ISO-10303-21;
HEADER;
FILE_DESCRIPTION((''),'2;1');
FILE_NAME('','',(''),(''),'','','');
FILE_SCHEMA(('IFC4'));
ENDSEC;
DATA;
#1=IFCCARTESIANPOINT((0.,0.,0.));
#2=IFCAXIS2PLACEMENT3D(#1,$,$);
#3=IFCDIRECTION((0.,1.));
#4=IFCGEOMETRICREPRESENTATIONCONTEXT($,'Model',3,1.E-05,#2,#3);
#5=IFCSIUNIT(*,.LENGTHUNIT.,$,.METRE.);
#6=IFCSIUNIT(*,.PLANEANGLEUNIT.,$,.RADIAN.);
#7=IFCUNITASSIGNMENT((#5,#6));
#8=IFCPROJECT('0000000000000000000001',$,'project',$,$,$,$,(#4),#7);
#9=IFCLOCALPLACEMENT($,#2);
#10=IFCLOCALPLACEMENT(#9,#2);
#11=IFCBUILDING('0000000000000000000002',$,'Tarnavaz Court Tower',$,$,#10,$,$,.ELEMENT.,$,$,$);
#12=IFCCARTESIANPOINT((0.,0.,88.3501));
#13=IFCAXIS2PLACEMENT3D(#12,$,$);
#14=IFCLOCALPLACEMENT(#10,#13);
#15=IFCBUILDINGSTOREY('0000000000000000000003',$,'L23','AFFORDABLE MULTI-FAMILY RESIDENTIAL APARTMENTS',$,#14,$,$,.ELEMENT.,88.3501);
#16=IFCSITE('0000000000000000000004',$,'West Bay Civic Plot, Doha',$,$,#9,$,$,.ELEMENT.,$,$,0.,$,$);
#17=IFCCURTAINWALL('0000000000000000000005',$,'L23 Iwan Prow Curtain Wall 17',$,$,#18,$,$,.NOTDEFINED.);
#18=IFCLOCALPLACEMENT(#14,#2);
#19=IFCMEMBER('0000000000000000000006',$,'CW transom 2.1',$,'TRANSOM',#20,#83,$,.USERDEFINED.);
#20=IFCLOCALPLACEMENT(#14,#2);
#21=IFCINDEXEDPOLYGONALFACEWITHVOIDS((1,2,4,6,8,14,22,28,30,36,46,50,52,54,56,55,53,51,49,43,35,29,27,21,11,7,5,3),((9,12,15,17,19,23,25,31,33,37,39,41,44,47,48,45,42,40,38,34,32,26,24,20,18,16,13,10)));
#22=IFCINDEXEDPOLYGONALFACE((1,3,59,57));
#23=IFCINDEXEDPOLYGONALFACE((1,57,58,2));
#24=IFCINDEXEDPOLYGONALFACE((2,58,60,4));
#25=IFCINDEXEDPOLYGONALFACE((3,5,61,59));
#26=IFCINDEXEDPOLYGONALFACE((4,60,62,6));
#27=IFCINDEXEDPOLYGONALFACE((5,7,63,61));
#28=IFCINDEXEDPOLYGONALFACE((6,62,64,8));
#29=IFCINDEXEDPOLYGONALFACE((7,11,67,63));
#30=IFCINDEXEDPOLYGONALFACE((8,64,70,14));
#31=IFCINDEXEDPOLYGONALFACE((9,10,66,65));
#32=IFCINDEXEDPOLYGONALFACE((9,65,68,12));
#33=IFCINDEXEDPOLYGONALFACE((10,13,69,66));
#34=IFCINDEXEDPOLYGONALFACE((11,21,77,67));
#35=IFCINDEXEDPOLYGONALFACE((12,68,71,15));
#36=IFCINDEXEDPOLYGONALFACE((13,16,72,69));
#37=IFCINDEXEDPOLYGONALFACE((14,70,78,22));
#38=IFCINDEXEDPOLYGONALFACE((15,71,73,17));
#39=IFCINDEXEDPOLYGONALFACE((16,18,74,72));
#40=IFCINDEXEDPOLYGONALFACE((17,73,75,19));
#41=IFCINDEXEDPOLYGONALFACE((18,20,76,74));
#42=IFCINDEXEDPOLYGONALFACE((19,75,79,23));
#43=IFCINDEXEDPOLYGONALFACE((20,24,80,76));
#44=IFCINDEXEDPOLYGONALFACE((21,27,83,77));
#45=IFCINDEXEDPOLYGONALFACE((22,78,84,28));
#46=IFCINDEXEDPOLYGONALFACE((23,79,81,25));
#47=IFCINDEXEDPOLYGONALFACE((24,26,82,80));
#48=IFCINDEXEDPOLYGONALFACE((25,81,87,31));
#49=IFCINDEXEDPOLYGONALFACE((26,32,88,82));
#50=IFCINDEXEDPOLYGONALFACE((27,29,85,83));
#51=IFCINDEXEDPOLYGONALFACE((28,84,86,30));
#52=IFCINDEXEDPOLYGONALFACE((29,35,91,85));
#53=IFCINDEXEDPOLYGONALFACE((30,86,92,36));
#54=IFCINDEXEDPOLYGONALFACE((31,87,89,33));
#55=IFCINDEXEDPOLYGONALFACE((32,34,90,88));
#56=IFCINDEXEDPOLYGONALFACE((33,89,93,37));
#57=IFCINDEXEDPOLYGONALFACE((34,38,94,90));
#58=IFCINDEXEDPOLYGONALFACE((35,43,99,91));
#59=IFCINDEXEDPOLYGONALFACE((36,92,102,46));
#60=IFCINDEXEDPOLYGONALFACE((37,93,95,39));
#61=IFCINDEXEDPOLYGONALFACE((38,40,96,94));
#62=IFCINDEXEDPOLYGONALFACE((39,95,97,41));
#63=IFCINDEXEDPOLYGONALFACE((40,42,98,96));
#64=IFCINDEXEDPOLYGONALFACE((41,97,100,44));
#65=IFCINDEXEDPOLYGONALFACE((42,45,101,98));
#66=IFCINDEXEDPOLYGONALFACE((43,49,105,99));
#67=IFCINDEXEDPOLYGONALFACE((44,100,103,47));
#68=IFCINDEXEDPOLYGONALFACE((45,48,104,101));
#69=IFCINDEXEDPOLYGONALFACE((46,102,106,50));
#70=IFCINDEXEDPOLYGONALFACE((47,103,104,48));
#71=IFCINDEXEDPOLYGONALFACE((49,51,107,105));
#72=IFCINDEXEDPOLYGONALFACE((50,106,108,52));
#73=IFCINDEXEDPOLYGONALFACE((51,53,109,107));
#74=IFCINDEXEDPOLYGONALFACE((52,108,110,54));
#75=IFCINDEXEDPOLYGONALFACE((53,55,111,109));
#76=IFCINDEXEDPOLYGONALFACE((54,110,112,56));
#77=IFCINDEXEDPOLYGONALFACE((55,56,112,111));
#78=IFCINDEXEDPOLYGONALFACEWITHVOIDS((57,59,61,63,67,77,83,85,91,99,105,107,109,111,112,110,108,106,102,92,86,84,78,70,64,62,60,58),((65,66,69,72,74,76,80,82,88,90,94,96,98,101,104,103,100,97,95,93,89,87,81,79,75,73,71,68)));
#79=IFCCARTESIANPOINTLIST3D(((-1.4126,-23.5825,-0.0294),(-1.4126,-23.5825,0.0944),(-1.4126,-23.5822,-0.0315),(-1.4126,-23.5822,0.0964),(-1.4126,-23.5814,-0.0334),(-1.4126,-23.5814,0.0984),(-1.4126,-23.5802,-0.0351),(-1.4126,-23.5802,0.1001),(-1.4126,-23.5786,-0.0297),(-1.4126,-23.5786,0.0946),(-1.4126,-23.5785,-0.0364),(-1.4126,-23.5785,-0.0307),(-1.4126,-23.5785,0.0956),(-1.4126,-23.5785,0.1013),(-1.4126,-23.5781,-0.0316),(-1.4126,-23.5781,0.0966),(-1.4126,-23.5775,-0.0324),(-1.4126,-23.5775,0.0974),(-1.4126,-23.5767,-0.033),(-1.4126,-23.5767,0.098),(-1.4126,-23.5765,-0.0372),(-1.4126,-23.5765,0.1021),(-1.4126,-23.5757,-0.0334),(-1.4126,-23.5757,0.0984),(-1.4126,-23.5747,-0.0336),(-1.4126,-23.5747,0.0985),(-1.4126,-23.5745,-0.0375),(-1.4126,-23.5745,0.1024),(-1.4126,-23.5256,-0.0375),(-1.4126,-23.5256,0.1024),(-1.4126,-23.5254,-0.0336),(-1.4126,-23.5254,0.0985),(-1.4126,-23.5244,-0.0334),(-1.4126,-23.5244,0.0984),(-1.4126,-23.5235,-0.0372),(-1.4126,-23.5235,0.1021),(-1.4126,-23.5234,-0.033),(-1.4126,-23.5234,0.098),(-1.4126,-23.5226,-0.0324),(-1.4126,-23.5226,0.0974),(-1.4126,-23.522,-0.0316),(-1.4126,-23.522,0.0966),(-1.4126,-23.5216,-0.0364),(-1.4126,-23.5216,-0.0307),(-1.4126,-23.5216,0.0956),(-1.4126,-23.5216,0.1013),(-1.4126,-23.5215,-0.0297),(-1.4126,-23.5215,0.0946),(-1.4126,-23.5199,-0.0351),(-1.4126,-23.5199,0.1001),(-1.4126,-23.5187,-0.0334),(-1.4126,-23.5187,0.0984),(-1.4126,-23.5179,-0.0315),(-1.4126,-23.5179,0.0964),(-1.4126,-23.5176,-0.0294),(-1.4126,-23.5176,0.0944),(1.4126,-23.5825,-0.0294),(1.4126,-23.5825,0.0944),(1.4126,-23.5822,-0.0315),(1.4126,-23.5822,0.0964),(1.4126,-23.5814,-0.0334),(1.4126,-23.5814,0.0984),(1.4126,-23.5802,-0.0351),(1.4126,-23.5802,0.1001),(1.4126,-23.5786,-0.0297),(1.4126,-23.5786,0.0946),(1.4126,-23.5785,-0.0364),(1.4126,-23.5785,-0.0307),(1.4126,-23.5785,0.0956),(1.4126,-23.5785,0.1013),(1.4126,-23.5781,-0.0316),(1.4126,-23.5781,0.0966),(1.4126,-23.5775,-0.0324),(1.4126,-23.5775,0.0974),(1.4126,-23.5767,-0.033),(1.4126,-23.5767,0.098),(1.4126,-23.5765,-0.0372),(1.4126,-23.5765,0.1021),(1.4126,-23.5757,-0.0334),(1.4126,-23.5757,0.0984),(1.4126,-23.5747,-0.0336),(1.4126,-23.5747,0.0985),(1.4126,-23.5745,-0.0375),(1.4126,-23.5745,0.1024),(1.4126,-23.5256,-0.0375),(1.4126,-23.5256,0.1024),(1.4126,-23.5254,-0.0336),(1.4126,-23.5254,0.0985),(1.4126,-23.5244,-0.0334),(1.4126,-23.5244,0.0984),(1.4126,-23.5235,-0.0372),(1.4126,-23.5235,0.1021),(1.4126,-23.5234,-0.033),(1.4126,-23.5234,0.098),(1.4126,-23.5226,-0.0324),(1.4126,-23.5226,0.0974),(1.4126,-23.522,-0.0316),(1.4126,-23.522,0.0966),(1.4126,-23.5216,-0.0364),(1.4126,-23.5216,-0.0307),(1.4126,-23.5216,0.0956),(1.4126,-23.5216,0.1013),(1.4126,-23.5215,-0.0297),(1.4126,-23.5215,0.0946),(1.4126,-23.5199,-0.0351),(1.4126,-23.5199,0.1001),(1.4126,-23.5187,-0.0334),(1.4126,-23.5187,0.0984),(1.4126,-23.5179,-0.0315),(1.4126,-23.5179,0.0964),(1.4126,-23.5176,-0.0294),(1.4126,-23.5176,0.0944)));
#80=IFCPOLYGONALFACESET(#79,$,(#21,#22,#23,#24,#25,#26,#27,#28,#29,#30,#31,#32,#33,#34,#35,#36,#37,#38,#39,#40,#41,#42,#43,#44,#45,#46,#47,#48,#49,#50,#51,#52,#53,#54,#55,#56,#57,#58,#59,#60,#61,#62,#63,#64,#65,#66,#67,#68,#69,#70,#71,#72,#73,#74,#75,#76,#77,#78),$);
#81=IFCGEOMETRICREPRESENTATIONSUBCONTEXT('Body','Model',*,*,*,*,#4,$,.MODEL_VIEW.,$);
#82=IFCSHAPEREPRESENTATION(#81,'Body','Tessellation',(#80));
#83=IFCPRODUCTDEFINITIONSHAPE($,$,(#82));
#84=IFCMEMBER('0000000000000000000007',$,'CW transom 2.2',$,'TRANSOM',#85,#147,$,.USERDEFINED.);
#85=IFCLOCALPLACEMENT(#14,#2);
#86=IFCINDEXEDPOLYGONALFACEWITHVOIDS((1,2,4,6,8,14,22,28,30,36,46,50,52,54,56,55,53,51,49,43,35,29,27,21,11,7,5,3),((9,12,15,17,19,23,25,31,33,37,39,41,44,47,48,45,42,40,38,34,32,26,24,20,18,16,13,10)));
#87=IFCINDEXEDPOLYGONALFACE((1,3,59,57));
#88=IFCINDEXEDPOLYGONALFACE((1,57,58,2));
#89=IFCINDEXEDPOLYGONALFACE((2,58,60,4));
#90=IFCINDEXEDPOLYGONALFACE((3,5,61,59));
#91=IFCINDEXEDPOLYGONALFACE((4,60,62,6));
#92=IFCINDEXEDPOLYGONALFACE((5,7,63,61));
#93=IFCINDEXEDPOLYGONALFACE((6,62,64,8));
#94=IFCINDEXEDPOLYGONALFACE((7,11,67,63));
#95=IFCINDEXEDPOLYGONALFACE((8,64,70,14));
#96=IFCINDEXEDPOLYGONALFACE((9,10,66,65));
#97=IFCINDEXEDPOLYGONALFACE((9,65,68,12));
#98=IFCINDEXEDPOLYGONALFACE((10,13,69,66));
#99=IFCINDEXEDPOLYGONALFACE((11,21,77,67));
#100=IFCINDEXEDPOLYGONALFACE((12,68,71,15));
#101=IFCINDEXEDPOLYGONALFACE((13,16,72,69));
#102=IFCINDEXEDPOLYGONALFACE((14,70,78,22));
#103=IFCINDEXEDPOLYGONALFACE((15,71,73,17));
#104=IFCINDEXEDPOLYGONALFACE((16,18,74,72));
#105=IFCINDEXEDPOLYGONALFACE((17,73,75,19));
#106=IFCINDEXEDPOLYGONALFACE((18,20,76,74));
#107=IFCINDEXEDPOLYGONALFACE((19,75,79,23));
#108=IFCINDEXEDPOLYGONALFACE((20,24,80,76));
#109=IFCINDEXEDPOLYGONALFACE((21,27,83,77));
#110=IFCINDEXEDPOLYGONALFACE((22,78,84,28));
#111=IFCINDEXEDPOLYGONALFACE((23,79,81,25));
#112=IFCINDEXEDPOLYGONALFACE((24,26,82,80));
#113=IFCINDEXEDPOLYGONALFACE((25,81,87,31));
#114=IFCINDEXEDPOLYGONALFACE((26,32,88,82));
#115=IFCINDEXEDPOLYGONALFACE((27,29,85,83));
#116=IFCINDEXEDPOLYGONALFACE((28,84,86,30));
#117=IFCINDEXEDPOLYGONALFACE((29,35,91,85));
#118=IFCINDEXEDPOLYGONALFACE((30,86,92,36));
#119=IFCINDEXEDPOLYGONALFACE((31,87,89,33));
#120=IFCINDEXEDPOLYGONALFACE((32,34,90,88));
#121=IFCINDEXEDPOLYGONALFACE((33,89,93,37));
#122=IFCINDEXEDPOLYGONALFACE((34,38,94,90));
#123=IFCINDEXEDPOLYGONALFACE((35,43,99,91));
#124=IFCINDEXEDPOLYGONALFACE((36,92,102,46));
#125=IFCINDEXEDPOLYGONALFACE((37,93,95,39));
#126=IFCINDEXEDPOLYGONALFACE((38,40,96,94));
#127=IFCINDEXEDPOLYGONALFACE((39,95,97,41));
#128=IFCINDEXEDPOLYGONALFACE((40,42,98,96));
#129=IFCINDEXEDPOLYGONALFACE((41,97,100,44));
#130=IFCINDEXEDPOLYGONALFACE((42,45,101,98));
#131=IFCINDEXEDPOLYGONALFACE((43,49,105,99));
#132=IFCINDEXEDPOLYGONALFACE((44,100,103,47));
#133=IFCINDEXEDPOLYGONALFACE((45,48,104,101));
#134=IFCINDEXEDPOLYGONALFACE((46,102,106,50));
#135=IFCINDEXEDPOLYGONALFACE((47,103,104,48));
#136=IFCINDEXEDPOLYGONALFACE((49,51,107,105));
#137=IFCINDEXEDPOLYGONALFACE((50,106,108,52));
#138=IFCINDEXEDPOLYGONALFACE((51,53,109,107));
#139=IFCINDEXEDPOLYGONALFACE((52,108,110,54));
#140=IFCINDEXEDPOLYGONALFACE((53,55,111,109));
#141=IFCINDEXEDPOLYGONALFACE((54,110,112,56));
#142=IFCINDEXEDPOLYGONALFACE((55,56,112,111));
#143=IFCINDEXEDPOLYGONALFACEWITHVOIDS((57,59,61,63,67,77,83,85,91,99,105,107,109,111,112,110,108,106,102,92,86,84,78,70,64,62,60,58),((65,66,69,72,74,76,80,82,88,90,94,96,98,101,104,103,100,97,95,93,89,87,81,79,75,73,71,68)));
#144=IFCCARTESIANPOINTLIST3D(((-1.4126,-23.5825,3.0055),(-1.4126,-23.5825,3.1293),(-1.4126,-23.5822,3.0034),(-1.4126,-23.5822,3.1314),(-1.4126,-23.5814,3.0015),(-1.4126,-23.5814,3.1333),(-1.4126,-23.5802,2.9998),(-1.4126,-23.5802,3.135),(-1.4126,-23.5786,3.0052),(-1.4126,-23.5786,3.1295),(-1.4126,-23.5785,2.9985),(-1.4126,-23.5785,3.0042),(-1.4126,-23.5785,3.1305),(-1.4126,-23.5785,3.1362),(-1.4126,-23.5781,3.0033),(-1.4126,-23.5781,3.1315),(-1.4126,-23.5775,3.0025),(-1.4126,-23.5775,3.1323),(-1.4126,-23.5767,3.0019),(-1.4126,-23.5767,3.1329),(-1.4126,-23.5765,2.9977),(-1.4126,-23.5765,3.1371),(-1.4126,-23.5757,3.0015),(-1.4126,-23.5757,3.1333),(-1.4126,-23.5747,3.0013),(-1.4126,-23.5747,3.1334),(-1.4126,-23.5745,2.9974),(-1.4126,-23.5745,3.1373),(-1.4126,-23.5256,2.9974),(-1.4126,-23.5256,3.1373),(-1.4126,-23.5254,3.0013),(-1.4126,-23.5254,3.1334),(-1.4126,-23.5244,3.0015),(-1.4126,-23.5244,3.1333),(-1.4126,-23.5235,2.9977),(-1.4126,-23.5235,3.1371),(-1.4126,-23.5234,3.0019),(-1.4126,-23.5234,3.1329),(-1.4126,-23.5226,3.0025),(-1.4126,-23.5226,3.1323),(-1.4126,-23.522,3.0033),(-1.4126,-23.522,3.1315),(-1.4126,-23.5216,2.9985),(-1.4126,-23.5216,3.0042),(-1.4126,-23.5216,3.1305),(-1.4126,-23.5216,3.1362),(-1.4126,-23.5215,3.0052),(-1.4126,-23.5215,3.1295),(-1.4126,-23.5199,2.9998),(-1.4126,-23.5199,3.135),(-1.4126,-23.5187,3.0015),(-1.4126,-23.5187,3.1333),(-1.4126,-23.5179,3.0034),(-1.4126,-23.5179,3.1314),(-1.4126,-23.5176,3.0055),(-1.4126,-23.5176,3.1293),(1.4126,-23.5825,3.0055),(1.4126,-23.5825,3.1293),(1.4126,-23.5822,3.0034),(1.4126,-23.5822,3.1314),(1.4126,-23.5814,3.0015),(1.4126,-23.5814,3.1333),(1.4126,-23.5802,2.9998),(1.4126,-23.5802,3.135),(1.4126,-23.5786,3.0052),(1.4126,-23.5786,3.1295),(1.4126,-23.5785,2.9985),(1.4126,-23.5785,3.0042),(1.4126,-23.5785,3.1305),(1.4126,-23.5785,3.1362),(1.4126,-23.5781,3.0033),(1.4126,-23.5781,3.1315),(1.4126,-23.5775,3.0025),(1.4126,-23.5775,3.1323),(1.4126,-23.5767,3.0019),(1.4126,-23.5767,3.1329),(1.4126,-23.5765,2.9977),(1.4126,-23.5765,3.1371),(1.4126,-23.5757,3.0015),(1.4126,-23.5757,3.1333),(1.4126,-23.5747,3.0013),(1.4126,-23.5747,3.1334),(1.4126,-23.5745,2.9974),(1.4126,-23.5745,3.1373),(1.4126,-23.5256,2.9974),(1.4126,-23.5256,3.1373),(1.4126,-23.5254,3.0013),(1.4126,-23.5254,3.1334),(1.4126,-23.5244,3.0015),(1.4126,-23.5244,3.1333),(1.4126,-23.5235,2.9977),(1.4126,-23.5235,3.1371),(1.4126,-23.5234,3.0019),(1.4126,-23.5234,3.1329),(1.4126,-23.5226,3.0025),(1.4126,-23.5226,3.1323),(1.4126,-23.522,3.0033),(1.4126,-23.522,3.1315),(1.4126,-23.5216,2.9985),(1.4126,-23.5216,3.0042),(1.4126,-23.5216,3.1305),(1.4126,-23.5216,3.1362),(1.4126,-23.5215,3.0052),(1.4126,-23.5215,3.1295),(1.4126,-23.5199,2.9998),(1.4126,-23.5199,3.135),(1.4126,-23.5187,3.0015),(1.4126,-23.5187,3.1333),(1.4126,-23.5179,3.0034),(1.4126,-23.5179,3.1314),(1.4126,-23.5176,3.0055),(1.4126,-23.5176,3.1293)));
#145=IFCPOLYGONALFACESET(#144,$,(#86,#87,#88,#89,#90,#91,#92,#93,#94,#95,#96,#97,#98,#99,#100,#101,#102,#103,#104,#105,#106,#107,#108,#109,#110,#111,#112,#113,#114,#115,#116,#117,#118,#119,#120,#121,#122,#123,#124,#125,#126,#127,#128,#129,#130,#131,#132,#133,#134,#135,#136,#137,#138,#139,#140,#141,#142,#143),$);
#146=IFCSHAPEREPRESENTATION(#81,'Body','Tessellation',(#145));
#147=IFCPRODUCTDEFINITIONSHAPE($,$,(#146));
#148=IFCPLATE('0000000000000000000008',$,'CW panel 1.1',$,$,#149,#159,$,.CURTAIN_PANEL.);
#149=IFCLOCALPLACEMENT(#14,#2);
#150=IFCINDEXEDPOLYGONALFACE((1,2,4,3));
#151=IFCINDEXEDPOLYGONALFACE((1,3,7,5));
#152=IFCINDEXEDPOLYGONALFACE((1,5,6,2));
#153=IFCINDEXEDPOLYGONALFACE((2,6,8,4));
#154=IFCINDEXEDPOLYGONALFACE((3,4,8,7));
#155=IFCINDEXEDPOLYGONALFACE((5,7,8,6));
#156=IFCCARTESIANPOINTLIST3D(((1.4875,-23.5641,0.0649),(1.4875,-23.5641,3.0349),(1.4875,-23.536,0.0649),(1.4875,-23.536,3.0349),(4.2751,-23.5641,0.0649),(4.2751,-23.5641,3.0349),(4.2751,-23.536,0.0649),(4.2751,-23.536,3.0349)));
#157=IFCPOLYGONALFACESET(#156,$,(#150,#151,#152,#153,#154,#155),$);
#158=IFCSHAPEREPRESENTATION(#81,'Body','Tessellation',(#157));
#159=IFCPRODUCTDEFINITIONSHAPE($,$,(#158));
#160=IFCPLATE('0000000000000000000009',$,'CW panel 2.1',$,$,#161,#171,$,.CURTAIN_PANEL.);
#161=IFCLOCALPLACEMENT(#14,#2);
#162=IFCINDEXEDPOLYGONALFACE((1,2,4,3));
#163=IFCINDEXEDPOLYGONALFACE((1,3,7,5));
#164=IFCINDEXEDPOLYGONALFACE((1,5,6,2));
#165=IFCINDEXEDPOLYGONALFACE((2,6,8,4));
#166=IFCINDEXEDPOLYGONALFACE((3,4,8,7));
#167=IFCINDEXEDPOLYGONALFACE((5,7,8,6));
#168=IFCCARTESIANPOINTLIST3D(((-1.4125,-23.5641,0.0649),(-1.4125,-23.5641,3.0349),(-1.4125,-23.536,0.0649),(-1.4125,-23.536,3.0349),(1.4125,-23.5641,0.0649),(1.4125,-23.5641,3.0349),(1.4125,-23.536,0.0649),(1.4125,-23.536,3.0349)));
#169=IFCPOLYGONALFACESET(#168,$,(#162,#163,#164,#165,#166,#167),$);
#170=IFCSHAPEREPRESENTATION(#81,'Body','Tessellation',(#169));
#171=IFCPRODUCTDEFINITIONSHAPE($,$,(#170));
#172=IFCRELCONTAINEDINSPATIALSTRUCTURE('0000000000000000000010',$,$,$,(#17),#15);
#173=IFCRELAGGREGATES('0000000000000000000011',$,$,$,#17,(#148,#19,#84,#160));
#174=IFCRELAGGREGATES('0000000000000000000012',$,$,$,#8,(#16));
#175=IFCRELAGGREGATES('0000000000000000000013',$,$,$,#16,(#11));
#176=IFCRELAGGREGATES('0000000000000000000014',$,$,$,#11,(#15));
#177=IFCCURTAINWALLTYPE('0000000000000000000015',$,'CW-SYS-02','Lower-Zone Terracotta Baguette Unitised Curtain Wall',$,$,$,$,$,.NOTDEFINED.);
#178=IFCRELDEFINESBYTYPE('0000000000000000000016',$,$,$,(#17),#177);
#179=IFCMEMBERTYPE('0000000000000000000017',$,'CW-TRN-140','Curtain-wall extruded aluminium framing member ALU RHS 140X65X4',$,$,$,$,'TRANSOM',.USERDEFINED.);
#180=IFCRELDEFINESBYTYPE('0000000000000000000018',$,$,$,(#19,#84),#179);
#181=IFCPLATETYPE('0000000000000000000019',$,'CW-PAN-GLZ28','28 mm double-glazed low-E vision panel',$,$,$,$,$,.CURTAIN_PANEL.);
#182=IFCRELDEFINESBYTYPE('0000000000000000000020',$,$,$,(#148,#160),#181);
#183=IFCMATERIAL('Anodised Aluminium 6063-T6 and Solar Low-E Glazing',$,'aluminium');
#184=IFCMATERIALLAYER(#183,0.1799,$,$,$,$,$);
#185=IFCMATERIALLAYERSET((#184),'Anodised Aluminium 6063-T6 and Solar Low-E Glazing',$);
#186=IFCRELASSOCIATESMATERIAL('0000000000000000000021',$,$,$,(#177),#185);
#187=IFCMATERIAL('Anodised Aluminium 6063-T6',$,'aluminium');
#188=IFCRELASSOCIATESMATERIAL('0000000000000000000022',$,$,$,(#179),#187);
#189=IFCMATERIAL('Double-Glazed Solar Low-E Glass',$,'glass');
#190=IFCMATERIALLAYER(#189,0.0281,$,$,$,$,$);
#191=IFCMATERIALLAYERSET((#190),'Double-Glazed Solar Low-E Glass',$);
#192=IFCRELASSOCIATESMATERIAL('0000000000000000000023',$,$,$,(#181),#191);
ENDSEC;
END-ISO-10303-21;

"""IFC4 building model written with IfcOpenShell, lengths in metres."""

from ifc_helpers import new_model, si_unit, direction, frame, origin, origin_2d, place, context, subcontext, project, spatial, rectangle, hollow_rectangle, extrude, material, layer, layer_set, material_profile, profile_set, type_object, element, aggregate, save


model = new_model("IFC4")

# Units and contexts
model_context = context("Model", 3, precision=1e-05, world=origin(), true_north=direction((0.0, 1.0)))
body_context = subcontext(model_context, "Body", "Model", "MODEL_VIEW")
ifc_project = project(units=[si_unit("LENGTHUNIT", "METRE"), si_unit("PLANEANGLEUNIT", "RADIAN")], contexts=[model_context])

# Site, building, storey
site_placement = place(None, origin())
site = spatial("IfcSite", under=ifc_project, at=site_placement, Name="West Bay Civic Plot, Doha", CompositionType="ELEMENT", RefElevation=0.0)
building_placement = place(site_placement, origin())
building = spatial("IfcBuilding", under=site, at=building_placement, Name="Tarnavaz Court Tower", CompositionType="ELEMENT")
storey_placement = place(building_placement, frame((0.0, 0.0, 88.3501)))
storey = spatial("IfcBuildingStorey", under=building, at=storey_placement, Name="L23", Description="AFFORDABLE MULTI-FAMILY RESIDENTIAL APARTMENTS", CompositionType="ELEMENT", Elevation=88.3501)

# Curtain wall, members, plates
ifc_material_1 = material(Name="Anodised Aluminium 6063-T6 and Solar Low-E Glazing", Category="aluminium")
ifc_layer_1 = layer(ifc_material_1, 0.1799)
ifc_layer_set_1 = layer_set([ifc_layer_1], Name="Anodised Aluminium 6063-T6 and Solar Low-E Glazing")
curtain_wall_type = type_object("IfcCurtainWallType", Name="CW-SYS-02", Description="Lower-Zone Terracotta Baguette Unitised Curtain Wall", PredefinedType="NOTDEFINED", material=ifc_layer_set_1)
curtain_wall_placement = place(storey_placement, origin())
curtain_wall = element("IfcCurtainWall", 1, at=curtain_wall_placement, inside=storey, type_object=curtain_wall_type, Name="L23 Iwan Prow Curtain Wall 17", PredefinedType="NOTDEFINED")
ifc_material_2 = material(Name="Anodised Aluminium 6063-T6", Category="aluminium")
ifc_material_profile_1 = material_profile(ifc_material_2, hollow_rectangle(XDim=0.0649, YDim=0.1399, WallThickness=0.0039, InnerFilletRadius=0.0039, OuterFilletRadius=0.0081, at=origin_2d()), Name="ALU RHS 140X65X4")
ifc_profile_set_1 = profile_set([ifc_material_profile_1], Name="Anodised Aluminium 6063-T6")
member_type_1 = type_object("IfcMemberType", Name="CW-TRN-140", Description="Curtain-wall extruded aluminium framing member ALU RHS 140X65X4", ElementType="TRANSOM", PredefinedType="USERDEFINED", material=ifc_profile_set_1)
member_1_placement = place(storey_placement, frame((1.4126, -23.55, 0.0325), z_axis=(-1.0, 0.0, 0.0), x_axis=(0.0, -1.0, 0.0)))
member_1 = element("IfcMember", 2, at=member_1_placement, type_object=member_type_1, Name="CW transom 2.1", ObjectType="TRANSOM", PredefinedType="USERDEFINED", context=body_context, shape_type="SweptSolid", body=[
    extrude(hollow_rectangle(XDim=0.0649, YDim=0.1399, WallThickness=0.0039, InnerFilletRadius=0.0039, OuterFilletRadius=0.0081, at=origin_2d()), origin(), (0.0, 0.0, 1.0), 2.8252),
])
member_2_placement = place(storey_placement, frame((1.4126, -23.55, 3.0674), z_axis=(-1.0, 0.0, 0.0), x_axis=(0.0, -1.0, 0.0)))
member_2 = element("IfcMember", 3, at=member_2_placement, type_object=member_type_1, Name="CW transom 2.2", ObjectType="TRANSOM", PredefinedType="USERDEFINED", context=body_context, shape_type="SweptSolid", body=[
    extrude(hollow_rectangle(XDim=0.0649, YDim=0.1399, WallThickness=0.0039, InnerFilletRadius=0.0039, OuterFilletRadius=0.0081, at=origin_2d()), origin(), (0.0, 0.0, 1.0), 2.8252),
])
ifc_material_3 = material(Name="Double-Glazed Solar Low-E Glass", Category="glass")
ifc_layer_2 = layer(ifc_material_3, 0.0281)
ifc_layer_set_2 = layer_set([ifc_layer_2], Name="Double-Glazed Solar Low-E Glass")
plate_type = type_object("IfcPlateType", Name="CW-PAN-GLZ28", Description="28 mm double-glazed low-E vision panel", PredefinedType="CURTAIN_PANEL", material=ifc_layer_set_2)
plate_1_placement = place(storey_placement, frame((2.8813, -23.55, 0.0649), z_axis=(0.0, 0.0, 1.0), x_axis=(-1.0, 0.0, 0.0)))
plate_1 = element("IfcPlate", 4, at=plate_1_placement, type_object=plate_type, Name="CW panel 1.1", PredefinedType="CURTAIN_PANEL", context=body_context, shape_type="SweptSolid", body=[
    extrude(rectangle(XDim=2.7876, YDim=0.0281, at=origin_2d()), origin(), (0.0, 0.0, 1.0), 2.97),
])
plate_2_placement = place(storey_placement, frame((0.0, -23.55, 0.0649), z_axis=(0.0, 0.0, 1.0), x_axis=(-1.0, 0.0, 0.0)))
plate_2 = element("IfcPlate", 5, at=plate_2_placement, type_object=plate_type, Name="CW panel 2.1", PredefinedType="CURTAIN_PANEL", context=body_context, shape_type="SweptSolid", body=[
    extrude(rectangle(XDim=2.825, YDim=0.0281, at=origin_2d()), origin(), (0.0, 0.0, 1.0), 2.97),
])
aggregate(curtain_wall, [plate_1, member_1, member_2, plate_2])

save(model, "model.ifc")
